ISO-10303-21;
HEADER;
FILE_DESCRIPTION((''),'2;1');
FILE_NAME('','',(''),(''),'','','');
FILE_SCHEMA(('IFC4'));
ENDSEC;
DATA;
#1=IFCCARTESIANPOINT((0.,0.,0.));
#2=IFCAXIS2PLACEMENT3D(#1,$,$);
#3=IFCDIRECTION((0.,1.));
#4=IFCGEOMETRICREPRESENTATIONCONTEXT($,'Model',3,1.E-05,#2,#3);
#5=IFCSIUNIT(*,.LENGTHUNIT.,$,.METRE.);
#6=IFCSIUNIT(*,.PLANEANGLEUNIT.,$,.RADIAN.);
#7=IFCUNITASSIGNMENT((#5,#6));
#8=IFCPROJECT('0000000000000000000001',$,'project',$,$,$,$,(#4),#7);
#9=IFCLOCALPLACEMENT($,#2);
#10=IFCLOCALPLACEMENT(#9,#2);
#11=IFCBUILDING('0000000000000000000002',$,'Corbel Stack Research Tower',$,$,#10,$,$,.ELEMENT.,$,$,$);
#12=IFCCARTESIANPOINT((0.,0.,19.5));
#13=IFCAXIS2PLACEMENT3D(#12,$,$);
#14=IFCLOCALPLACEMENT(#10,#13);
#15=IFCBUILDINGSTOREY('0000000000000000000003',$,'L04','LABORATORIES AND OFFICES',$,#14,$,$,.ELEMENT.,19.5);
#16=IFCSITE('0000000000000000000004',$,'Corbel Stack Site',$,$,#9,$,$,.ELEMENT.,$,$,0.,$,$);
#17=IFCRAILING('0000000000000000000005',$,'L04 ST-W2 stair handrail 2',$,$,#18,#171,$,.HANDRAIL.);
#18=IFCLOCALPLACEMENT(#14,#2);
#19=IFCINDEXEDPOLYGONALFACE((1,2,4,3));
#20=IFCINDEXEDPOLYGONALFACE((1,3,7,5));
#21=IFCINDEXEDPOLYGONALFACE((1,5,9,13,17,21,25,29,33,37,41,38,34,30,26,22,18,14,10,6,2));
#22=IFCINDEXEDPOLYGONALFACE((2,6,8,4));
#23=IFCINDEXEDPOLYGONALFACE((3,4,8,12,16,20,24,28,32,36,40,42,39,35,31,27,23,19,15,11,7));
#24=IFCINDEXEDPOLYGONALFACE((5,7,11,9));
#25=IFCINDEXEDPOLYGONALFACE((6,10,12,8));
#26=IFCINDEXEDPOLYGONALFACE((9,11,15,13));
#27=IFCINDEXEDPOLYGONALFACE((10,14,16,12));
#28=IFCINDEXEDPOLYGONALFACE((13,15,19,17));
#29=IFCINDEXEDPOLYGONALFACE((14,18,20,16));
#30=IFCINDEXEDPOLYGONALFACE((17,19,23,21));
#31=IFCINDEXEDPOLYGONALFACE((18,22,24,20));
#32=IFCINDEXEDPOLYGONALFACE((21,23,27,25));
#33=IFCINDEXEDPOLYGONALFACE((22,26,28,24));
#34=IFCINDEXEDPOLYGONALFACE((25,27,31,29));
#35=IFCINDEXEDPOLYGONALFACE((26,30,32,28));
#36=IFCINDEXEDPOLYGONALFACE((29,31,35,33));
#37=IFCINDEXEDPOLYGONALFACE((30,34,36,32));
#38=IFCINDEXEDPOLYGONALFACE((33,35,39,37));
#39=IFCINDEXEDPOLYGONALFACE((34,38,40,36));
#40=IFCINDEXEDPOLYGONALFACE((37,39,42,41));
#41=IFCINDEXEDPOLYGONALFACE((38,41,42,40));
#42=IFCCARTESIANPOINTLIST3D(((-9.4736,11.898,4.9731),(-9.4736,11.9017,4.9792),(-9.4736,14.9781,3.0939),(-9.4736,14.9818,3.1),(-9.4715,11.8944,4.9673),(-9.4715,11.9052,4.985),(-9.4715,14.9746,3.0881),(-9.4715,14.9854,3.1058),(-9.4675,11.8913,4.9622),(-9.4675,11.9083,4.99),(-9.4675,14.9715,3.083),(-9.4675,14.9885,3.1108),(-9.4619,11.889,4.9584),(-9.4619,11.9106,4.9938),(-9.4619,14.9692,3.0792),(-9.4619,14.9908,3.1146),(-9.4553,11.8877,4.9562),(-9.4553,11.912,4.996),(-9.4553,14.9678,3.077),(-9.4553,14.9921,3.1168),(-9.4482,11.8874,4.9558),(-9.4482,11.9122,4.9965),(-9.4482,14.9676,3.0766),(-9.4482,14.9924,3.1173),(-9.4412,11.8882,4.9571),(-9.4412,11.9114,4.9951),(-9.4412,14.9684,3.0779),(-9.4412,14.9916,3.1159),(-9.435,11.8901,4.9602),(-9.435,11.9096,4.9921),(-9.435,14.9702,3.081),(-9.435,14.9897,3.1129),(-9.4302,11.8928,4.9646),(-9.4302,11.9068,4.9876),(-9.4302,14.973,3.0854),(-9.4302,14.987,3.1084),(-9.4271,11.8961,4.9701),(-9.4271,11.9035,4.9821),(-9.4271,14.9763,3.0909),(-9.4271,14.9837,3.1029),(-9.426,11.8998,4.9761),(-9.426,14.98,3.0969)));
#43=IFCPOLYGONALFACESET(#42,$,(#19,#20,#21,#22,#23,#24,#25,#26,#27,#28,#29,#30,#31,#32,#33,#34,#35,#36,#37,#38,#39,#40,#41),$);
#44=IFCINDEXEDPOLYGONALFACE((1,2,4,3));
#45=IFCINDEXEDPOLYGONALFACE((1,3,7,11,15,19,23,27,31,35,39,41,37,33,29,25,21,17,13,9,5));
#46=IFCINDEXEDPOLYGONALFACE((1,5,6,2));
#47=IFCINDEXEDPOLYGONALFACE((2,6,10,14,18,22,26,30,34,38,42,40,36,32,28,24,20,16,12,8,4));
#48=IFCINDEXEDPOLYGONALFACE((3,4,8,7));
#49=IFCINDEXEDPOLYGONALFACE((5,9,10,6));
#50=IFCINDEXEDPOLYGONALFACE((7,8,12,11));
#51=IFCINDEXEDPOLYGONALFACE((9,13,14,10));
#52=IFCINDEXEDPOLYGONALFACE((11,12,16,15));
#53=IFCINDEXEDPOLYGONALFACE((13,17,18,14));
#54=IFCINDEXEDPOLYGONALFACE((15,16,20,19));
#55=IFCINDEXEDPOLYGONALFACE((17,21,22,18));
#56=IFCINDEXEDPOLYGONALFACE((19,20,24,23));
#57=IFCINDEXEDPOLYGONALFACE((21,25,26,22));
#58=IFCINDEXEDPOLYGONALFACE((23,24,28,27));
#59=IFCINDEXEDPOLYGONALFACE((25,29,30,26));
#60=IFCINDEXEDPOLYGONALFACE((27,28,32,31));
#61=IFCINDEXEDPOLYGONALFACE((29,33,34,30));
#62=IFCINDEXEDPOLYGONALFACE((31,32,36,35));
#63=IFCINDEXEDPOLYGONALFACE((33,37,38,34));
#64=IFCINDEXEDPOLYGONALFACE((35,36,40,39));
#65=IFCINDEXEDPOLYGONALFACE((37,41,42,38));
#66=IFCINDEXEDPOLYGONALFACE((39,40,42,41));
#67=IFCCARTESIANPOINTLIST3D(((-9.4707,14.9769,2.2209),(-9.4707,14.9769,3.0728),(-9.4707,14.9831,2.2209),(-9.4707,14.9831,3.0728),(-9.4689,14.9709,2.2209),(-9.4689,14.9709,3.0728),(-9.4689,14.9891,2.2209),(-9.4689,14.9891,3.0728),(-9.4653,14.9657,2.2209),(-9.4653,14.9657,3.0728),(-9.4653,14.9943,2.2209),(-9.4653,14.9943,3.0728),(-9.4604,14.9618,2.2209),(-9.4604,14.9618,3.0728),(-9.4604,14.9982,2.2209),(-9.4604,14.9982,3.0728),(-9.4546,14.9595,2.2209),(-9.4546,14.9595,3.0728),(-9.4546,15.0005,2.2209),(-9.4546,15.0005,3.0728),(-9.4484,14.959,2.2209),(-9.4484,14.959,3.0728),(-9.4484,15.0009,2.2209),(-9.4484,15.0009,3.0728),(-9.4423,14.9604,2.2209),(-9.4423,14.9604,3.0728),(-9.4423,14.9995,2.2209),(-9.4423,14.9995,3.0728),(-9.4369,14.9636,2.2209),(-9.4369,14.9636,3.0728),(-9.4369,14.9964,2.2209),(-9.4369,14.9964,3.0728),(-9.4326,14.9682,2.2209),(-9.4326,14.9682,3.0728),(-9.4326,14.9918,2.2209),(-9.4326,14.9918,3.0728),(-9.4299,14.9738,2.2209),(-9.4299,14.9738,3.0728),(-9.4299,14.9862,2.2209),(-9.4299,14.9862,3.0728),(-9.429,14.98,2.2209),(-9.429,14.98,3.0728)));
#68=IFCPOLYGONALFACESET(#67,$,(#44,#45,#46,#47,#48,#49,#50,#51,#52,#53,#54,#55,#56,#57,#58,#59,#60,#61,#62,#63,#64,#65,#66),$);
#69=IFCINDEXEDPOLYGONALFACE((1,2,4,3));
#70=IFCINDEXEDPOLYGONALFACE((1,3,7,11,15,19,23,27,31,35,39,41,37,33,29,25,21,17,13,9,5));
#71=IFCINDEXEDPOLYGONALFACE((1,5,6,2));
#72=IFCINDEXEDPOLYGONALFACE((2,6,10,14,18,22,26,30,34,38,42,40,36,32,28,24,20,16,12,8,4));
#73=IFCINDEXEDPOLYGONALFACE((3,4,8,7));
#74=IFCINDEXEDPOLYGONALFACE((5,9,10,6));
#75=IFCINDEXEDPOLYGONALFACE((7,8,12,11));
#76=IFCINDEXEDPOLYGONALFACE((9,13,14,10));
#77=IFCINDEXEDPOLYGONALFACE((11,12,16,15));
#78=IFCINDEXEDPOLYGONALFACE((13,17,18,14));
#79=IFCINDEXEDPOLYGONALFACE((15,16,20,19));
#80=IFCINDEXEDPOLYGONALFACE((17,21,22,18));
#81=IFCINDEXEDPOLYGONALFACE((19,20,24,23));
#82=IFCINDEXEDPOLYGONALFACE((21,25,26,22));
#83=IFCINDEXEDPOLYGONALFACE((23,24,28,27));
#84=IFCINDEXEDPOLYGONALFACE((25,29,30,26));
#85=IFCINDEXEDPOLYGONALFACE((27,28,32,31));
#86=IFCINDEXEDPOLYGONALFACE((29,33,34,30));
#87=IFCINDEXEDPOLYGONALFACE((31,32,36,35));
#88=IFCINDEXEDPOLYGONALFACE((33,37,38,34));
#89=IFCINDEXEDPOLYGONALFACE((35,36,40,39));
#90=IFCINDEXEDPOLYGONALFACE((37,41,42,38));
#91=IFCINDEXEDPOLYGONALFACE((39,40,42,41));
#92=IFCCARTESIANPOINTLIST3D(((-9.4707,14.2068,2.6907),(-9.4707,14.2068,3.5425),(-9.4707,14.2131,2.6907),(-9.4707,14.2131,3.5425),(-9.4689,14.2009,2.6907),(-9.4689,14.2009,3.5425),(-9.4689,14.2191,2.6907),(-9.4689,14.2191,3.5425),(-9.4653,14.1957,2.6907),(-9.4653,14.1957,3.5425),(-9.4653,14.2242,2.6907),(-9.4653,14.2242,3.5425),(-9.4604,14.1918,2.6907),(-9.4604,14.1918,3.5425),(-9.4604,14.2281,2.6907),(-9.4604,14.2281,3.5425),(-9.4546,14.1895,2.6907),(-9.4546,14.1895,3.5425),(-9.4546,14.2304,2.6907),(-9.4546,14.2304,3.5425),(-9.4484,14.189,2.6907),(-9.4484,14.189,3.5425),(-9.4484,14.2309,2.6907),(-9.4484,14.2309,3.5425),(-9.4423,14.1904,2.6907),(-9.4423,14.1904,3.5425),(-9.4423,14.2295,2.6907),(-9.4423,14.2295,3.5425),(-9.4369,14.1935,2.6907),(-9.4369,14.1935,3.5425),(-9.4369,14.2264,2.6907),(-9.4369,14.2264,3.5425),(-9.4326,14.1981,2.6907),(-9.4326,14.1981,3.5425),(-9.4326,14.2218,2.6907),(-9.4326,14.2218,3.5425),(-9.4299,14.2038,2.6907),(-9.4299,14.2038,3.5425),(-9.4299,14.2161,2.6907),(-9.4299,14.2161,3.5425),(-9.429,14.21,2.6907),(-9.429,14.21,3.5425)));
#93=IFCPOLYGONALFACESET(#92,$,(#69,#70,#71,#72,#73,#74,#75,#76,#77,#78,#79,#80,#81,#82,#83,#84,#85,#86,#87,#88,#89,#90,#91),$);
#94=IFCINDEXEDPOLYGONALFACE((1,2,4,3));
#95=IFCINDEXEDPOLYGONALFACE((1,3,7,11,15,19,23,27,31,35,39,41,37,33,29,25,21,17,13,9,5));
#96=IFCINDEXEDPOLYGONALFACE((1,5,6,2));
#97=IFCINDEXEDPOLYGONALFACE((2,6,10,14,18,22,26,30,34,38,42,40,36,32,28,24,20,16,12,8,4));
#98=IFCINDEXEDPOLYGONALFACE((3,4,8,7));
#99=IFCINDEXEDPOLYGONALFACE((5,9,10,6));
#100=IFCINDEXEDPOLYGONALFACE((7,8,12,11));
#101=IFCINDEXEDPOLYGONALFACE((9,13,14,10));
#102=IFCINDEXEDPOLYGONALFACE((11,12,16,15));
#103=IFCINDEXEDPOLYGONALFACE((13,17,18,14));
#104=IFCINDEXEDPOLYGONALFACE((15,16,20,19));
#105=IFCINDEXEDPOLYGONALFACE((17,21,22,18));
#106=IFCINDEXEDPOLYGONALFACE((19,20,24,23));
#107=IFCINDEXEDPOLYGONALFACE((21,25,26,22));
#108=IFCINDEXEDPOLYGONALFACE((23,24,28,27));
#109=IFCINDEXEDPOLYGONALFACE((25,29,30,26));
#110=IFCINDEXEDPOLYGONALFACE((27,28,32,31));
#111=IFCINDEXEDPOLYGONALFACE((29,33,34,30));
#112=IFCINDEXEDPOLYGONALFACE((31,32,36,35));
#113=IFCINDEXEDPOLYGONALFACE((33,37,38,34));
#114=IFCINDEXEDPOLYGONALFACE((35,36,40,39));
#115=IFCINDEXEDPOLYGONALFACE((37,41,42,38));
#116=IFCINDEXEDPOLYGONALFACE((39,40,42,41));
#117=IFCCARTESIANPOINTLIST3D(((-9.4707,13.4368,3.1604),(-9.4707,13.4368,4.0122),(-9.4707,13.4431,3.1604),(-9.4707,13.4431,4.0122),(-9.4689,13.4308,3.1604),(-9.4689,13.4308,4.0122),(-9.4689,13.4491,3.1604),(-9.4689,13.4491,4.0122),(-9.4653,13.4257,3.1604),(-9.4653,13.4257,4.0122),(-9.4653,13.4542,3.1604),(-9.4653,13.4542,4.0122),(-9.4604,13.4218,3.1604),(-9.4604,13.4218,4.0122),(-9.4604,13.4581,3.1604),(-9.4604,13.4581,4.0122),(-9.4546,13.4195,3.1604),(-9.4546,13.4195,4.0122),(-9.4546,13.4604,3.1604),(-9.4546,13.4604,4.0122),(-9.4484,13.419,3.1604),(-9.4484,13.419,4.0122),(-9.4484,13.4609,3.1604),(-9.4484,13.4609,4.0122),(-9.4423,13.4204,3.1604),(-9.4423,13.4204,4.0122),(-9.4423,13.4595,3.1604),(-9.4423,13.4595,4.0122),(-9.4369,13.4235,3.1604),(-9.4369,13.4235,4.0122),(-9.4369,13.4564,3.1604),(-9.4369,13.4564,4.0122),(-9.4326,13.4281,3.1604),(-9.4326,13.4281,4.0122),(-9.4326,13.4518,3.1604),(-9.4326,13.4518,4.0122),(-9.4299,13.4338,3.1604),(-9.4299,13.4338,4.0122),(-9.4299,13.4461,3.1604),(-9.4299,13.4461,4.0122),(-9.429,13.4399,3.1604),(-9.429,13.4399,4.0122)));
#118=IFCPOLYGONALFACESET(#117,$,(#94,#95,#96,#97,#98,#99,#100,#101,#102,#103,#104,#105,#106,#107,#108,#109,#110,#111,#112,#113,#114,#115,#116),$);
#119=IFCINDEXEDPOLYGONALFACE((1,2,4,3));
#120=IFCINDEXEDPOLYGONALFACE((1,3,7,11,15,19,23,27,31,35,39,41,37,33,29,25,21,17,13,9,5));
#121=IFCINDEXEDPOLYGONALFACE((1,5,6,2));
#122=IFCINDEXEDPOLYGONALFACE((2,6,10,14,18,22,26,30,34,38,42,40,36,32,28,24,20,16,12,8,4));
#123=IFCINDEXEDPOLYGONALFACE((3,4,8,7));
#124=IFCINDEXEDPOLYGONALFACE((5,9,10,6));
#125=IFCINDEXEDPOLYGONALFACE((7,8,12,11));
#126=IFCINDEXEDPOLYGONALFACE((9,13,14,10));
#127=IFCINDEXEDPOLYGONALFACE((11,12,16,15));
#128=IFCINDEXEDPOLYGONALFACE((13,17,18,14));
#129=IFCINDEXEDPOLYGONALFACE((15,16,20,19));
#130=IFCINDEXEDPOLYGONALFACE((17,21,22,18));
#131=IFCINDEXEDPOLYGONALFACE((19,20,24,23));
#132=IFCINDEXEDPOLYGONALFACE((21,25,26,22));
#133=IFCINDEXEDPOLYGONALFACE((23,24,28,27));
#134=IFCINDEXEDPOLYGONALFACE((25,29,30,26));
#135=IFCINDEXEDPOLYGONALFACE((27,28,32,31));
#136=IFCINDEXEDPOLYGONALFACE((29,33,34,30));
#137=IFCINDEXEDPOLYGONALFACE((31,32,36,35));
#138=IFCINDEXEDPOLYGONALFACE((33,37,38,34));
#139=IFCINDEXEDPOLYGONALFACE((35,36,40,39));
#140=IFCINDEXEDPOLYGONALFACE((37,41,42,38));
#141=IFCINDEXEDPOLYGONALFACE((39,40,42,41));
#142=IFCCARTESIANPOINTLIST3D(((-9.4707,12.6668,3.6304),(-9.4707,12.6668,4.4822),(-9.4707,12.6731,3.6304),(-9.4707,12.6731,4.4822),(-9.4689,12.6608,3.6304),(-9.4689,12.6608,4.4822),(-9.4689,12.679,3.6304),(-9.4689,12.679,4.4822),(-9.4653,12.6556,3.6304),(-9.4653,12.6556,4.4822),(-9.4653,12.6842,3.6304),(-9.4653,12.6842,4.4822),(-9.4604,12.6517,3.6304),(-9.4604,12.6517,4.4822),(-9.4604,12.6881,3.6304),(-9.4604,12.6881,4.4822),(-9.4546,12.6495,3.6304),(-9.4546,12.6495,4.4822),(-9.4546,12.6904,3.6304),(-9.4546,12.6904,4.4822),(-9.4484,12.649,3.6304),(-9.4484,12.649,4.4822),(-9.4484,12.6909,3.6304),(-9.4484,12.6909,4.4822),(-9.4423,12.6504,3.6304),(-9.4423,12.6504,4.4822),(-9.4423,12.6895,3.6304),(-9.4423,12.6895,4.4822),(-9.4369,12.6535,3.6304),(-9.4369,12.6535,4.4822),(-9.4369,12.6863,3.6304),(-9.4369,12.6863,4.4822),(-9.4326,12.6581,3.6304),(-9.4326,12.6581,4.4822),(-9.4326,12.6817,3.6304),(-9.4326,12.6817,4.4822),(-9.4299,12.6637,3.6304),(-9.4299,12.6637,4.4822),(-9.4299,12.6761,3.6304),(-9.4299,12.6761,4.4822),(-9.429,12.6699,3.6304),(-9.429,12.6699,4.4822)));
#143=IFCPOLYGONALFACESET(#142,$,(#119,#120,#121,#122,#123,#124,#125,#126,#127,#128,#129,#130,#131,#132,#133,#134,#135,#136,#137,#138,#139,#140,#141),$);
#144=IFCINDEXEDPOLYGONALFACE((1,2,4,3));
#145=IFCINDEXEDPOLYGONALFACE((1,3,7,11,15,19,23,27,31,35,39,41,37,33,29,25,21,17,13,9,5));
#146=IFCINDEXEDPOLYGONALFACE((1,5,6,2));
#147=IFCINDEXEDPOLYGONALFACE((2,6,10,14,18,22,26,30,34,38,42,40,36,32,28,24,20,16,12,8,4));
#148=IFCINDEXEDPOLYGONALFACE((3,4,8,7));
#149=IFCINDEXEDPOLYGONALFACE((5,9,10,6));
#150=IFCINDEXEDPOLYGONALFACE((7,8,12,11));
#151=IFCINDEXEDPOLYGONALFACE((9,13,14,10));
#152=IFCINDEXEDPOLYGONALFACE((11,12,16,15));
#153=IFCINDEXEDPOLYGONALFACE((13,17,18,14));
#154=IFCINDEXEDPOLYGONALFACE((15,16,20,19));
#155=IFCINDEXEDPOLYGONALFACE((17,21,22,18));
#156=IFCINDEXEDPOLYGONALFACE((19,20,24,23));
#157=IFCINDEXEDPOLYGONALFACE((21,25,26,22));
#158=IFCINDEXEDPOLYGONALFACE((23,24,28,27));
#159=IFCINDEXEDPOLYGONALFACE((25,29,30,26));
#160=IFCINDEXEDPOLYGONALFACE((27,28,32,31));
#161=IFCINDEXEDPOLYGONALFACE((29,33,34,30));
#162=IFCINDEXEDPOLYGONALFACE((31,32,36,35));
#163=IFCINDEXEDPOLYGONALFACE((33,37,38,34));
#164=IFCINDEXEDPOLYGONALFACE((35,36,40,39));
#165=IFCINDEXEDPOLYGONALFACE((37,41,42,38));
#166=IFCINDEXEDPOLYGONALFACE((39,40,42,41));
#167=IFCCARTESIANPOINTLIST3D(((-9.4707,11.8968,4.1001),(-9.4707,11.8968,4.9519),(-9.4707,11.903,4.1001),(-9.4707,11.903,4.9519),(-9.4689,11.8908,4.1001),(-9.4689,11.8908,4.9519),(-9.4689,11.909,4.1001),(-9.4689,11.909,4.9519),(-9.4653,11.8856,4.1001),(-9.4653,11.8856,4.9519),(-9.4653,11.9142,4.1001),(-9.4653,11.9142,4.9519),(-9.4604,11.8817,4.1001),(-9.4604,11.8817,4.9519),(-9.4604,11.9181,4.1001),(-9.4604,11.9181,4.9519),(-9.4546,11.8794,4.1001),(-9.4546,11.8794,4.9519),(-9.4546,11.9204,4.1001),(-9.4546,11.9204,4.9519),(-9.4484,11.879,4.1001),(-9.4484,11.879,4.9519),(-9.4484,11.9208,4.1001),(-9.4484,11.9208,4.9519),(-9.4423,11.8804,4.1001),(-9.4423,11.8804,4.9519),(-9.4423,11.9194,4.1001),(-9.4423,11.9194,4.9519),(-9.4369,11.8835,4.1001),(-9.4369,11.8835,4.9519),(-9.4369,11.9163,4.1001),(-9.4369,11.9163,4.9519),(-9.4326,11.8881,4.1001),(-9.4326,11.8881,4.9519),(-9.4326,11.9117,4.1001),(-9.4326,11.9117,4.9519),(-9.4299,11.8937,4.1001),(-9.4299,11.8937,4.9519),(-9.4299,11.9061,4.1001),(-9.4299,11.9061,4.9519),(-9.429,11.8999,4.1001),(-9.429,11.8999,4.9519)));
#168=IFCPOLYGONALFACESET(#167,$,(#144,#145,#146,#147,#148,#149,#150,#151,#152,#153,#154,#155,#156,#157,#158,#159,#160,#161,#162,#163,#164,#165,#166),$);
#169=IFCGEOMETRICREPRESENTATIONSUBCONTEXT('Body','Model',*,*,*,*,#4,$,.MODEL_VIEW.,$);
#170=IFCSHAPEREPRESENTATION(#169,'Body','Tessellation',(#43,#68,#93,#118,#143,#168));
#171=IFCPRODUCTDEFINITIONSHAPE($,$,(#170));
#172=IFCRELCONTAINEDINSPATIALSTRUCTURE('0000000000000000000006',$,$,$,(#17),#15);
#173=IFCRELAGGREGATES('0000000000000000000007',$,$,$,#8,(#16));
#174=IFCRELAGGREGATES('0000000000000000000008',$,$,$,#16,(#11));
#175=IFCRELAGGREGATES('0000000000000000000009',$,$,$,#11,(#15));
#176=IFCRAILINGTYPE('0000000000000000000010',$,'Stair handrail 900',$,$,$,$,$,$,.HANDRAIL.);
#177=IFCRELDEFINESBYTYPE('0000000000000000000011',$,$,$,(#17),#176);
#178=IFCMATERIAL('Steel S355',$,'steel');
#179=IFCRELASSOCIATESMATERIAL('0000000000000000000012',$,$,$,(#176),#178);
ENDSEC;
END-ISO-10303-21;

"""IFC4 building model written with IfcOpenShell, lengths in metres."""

from ifc_helpers import new_model, si_unit, direction, frame, origin, origin_2d, place, context, subcontext, project, spatial, circle, extrude, material, type_object, element, save


model = new_model("IFC4")

# Units and contexts
model_context = context("Model", 3, precision=1e-05, world=origin(), true_north=direction((0.0, 1.0)))
body_context = subcontext(model_context, "Body", "Model", "MODEL_VIEW")
ifc_project = project(units=[si_unit("LENGTHUNIT", "METRE"), si_unit("PLANEANGLEUNIT", "RADIAN")], contexts=[model_context])

# Site, building, storey
site_placement = place(None, origin())
site = spatial("IfcSite", under=ifc_project, at=site_placement, Name="Corbel Stack Site", CompositionType="ELEMENT", RefElevation=0.0)
building_placement = place(site_placement, origin())
building = spatial("IfcBuilding", under=site, at=building_placement, Name="Corbel Stack Research Tower", CompositionType="ELEMENT")
storey_placement = place(building_placement, frame((0.0, 0.0, 19.5)))
storey = spatial("IfcBuildingStorey", under=building, at=storey_placement, Name="L04", Description="LABORATORIES AND OFFICES", CompositionType="ELEMENT", Elevation=19.5)

# Railing
ifc_material_1 = material(Name="Steel S355", Category="steel")
railing_type_1 = type_object("IfcRailingType", Name="Stair handrail 900", PredefinedType="HANDRAIL", material=ifc_material_1)
railing_1_placement = place(storey_placement, frame((-9.45, 14.98, 2.2209)))
element("IfcRailing", 1, at=railing_1_placement, inside=storey, type_object=railing_type_1, Name="L04 ST-W2 stair handrail 2", PredefinedType="HANDRAIL", context=body_context, shape_type="SweptSolid", body=[
    extrude(circle(Radius=0.0239, at=origin_2d()), frame((0.0, 0.0, 0.876), z_axis=(0.0, -0.853666, 0.52082), x_axis=(1.0, 0.0, 0.0)), (0.0, 0.0, 1.0), 3.6082),
    extrude(circle(Radius=0.021, at=origin_2d()), origin(), (0.0, 0.0, 1.0), 0.8518),
    extrude(circle(Radius=0.021, at=origin_2d()), frame((0.0, -0.77, 0.4697)), (0.0, 0.0, 1.0), 0.8518),
    extrude(circle(Radius=0.021, at=origin_2d()), frame((0.0, -1.54, 0.9395)), (0.0, 0.0, 1.0), 0.8518),
    extrude(circle(Radius=0.021, at=origin_2d()), frame((0.0, -2.3101, 1.4094)), (0.0, 0.0, 1.0), 0.8518),
    extrude(circle(Radius=0.021, at=origin_2d()), frame((0.0, -3.0801, 1.8792)), (0.0, 0.0, 1.0), 0.8518),
])

save(model, "model.ifc")
